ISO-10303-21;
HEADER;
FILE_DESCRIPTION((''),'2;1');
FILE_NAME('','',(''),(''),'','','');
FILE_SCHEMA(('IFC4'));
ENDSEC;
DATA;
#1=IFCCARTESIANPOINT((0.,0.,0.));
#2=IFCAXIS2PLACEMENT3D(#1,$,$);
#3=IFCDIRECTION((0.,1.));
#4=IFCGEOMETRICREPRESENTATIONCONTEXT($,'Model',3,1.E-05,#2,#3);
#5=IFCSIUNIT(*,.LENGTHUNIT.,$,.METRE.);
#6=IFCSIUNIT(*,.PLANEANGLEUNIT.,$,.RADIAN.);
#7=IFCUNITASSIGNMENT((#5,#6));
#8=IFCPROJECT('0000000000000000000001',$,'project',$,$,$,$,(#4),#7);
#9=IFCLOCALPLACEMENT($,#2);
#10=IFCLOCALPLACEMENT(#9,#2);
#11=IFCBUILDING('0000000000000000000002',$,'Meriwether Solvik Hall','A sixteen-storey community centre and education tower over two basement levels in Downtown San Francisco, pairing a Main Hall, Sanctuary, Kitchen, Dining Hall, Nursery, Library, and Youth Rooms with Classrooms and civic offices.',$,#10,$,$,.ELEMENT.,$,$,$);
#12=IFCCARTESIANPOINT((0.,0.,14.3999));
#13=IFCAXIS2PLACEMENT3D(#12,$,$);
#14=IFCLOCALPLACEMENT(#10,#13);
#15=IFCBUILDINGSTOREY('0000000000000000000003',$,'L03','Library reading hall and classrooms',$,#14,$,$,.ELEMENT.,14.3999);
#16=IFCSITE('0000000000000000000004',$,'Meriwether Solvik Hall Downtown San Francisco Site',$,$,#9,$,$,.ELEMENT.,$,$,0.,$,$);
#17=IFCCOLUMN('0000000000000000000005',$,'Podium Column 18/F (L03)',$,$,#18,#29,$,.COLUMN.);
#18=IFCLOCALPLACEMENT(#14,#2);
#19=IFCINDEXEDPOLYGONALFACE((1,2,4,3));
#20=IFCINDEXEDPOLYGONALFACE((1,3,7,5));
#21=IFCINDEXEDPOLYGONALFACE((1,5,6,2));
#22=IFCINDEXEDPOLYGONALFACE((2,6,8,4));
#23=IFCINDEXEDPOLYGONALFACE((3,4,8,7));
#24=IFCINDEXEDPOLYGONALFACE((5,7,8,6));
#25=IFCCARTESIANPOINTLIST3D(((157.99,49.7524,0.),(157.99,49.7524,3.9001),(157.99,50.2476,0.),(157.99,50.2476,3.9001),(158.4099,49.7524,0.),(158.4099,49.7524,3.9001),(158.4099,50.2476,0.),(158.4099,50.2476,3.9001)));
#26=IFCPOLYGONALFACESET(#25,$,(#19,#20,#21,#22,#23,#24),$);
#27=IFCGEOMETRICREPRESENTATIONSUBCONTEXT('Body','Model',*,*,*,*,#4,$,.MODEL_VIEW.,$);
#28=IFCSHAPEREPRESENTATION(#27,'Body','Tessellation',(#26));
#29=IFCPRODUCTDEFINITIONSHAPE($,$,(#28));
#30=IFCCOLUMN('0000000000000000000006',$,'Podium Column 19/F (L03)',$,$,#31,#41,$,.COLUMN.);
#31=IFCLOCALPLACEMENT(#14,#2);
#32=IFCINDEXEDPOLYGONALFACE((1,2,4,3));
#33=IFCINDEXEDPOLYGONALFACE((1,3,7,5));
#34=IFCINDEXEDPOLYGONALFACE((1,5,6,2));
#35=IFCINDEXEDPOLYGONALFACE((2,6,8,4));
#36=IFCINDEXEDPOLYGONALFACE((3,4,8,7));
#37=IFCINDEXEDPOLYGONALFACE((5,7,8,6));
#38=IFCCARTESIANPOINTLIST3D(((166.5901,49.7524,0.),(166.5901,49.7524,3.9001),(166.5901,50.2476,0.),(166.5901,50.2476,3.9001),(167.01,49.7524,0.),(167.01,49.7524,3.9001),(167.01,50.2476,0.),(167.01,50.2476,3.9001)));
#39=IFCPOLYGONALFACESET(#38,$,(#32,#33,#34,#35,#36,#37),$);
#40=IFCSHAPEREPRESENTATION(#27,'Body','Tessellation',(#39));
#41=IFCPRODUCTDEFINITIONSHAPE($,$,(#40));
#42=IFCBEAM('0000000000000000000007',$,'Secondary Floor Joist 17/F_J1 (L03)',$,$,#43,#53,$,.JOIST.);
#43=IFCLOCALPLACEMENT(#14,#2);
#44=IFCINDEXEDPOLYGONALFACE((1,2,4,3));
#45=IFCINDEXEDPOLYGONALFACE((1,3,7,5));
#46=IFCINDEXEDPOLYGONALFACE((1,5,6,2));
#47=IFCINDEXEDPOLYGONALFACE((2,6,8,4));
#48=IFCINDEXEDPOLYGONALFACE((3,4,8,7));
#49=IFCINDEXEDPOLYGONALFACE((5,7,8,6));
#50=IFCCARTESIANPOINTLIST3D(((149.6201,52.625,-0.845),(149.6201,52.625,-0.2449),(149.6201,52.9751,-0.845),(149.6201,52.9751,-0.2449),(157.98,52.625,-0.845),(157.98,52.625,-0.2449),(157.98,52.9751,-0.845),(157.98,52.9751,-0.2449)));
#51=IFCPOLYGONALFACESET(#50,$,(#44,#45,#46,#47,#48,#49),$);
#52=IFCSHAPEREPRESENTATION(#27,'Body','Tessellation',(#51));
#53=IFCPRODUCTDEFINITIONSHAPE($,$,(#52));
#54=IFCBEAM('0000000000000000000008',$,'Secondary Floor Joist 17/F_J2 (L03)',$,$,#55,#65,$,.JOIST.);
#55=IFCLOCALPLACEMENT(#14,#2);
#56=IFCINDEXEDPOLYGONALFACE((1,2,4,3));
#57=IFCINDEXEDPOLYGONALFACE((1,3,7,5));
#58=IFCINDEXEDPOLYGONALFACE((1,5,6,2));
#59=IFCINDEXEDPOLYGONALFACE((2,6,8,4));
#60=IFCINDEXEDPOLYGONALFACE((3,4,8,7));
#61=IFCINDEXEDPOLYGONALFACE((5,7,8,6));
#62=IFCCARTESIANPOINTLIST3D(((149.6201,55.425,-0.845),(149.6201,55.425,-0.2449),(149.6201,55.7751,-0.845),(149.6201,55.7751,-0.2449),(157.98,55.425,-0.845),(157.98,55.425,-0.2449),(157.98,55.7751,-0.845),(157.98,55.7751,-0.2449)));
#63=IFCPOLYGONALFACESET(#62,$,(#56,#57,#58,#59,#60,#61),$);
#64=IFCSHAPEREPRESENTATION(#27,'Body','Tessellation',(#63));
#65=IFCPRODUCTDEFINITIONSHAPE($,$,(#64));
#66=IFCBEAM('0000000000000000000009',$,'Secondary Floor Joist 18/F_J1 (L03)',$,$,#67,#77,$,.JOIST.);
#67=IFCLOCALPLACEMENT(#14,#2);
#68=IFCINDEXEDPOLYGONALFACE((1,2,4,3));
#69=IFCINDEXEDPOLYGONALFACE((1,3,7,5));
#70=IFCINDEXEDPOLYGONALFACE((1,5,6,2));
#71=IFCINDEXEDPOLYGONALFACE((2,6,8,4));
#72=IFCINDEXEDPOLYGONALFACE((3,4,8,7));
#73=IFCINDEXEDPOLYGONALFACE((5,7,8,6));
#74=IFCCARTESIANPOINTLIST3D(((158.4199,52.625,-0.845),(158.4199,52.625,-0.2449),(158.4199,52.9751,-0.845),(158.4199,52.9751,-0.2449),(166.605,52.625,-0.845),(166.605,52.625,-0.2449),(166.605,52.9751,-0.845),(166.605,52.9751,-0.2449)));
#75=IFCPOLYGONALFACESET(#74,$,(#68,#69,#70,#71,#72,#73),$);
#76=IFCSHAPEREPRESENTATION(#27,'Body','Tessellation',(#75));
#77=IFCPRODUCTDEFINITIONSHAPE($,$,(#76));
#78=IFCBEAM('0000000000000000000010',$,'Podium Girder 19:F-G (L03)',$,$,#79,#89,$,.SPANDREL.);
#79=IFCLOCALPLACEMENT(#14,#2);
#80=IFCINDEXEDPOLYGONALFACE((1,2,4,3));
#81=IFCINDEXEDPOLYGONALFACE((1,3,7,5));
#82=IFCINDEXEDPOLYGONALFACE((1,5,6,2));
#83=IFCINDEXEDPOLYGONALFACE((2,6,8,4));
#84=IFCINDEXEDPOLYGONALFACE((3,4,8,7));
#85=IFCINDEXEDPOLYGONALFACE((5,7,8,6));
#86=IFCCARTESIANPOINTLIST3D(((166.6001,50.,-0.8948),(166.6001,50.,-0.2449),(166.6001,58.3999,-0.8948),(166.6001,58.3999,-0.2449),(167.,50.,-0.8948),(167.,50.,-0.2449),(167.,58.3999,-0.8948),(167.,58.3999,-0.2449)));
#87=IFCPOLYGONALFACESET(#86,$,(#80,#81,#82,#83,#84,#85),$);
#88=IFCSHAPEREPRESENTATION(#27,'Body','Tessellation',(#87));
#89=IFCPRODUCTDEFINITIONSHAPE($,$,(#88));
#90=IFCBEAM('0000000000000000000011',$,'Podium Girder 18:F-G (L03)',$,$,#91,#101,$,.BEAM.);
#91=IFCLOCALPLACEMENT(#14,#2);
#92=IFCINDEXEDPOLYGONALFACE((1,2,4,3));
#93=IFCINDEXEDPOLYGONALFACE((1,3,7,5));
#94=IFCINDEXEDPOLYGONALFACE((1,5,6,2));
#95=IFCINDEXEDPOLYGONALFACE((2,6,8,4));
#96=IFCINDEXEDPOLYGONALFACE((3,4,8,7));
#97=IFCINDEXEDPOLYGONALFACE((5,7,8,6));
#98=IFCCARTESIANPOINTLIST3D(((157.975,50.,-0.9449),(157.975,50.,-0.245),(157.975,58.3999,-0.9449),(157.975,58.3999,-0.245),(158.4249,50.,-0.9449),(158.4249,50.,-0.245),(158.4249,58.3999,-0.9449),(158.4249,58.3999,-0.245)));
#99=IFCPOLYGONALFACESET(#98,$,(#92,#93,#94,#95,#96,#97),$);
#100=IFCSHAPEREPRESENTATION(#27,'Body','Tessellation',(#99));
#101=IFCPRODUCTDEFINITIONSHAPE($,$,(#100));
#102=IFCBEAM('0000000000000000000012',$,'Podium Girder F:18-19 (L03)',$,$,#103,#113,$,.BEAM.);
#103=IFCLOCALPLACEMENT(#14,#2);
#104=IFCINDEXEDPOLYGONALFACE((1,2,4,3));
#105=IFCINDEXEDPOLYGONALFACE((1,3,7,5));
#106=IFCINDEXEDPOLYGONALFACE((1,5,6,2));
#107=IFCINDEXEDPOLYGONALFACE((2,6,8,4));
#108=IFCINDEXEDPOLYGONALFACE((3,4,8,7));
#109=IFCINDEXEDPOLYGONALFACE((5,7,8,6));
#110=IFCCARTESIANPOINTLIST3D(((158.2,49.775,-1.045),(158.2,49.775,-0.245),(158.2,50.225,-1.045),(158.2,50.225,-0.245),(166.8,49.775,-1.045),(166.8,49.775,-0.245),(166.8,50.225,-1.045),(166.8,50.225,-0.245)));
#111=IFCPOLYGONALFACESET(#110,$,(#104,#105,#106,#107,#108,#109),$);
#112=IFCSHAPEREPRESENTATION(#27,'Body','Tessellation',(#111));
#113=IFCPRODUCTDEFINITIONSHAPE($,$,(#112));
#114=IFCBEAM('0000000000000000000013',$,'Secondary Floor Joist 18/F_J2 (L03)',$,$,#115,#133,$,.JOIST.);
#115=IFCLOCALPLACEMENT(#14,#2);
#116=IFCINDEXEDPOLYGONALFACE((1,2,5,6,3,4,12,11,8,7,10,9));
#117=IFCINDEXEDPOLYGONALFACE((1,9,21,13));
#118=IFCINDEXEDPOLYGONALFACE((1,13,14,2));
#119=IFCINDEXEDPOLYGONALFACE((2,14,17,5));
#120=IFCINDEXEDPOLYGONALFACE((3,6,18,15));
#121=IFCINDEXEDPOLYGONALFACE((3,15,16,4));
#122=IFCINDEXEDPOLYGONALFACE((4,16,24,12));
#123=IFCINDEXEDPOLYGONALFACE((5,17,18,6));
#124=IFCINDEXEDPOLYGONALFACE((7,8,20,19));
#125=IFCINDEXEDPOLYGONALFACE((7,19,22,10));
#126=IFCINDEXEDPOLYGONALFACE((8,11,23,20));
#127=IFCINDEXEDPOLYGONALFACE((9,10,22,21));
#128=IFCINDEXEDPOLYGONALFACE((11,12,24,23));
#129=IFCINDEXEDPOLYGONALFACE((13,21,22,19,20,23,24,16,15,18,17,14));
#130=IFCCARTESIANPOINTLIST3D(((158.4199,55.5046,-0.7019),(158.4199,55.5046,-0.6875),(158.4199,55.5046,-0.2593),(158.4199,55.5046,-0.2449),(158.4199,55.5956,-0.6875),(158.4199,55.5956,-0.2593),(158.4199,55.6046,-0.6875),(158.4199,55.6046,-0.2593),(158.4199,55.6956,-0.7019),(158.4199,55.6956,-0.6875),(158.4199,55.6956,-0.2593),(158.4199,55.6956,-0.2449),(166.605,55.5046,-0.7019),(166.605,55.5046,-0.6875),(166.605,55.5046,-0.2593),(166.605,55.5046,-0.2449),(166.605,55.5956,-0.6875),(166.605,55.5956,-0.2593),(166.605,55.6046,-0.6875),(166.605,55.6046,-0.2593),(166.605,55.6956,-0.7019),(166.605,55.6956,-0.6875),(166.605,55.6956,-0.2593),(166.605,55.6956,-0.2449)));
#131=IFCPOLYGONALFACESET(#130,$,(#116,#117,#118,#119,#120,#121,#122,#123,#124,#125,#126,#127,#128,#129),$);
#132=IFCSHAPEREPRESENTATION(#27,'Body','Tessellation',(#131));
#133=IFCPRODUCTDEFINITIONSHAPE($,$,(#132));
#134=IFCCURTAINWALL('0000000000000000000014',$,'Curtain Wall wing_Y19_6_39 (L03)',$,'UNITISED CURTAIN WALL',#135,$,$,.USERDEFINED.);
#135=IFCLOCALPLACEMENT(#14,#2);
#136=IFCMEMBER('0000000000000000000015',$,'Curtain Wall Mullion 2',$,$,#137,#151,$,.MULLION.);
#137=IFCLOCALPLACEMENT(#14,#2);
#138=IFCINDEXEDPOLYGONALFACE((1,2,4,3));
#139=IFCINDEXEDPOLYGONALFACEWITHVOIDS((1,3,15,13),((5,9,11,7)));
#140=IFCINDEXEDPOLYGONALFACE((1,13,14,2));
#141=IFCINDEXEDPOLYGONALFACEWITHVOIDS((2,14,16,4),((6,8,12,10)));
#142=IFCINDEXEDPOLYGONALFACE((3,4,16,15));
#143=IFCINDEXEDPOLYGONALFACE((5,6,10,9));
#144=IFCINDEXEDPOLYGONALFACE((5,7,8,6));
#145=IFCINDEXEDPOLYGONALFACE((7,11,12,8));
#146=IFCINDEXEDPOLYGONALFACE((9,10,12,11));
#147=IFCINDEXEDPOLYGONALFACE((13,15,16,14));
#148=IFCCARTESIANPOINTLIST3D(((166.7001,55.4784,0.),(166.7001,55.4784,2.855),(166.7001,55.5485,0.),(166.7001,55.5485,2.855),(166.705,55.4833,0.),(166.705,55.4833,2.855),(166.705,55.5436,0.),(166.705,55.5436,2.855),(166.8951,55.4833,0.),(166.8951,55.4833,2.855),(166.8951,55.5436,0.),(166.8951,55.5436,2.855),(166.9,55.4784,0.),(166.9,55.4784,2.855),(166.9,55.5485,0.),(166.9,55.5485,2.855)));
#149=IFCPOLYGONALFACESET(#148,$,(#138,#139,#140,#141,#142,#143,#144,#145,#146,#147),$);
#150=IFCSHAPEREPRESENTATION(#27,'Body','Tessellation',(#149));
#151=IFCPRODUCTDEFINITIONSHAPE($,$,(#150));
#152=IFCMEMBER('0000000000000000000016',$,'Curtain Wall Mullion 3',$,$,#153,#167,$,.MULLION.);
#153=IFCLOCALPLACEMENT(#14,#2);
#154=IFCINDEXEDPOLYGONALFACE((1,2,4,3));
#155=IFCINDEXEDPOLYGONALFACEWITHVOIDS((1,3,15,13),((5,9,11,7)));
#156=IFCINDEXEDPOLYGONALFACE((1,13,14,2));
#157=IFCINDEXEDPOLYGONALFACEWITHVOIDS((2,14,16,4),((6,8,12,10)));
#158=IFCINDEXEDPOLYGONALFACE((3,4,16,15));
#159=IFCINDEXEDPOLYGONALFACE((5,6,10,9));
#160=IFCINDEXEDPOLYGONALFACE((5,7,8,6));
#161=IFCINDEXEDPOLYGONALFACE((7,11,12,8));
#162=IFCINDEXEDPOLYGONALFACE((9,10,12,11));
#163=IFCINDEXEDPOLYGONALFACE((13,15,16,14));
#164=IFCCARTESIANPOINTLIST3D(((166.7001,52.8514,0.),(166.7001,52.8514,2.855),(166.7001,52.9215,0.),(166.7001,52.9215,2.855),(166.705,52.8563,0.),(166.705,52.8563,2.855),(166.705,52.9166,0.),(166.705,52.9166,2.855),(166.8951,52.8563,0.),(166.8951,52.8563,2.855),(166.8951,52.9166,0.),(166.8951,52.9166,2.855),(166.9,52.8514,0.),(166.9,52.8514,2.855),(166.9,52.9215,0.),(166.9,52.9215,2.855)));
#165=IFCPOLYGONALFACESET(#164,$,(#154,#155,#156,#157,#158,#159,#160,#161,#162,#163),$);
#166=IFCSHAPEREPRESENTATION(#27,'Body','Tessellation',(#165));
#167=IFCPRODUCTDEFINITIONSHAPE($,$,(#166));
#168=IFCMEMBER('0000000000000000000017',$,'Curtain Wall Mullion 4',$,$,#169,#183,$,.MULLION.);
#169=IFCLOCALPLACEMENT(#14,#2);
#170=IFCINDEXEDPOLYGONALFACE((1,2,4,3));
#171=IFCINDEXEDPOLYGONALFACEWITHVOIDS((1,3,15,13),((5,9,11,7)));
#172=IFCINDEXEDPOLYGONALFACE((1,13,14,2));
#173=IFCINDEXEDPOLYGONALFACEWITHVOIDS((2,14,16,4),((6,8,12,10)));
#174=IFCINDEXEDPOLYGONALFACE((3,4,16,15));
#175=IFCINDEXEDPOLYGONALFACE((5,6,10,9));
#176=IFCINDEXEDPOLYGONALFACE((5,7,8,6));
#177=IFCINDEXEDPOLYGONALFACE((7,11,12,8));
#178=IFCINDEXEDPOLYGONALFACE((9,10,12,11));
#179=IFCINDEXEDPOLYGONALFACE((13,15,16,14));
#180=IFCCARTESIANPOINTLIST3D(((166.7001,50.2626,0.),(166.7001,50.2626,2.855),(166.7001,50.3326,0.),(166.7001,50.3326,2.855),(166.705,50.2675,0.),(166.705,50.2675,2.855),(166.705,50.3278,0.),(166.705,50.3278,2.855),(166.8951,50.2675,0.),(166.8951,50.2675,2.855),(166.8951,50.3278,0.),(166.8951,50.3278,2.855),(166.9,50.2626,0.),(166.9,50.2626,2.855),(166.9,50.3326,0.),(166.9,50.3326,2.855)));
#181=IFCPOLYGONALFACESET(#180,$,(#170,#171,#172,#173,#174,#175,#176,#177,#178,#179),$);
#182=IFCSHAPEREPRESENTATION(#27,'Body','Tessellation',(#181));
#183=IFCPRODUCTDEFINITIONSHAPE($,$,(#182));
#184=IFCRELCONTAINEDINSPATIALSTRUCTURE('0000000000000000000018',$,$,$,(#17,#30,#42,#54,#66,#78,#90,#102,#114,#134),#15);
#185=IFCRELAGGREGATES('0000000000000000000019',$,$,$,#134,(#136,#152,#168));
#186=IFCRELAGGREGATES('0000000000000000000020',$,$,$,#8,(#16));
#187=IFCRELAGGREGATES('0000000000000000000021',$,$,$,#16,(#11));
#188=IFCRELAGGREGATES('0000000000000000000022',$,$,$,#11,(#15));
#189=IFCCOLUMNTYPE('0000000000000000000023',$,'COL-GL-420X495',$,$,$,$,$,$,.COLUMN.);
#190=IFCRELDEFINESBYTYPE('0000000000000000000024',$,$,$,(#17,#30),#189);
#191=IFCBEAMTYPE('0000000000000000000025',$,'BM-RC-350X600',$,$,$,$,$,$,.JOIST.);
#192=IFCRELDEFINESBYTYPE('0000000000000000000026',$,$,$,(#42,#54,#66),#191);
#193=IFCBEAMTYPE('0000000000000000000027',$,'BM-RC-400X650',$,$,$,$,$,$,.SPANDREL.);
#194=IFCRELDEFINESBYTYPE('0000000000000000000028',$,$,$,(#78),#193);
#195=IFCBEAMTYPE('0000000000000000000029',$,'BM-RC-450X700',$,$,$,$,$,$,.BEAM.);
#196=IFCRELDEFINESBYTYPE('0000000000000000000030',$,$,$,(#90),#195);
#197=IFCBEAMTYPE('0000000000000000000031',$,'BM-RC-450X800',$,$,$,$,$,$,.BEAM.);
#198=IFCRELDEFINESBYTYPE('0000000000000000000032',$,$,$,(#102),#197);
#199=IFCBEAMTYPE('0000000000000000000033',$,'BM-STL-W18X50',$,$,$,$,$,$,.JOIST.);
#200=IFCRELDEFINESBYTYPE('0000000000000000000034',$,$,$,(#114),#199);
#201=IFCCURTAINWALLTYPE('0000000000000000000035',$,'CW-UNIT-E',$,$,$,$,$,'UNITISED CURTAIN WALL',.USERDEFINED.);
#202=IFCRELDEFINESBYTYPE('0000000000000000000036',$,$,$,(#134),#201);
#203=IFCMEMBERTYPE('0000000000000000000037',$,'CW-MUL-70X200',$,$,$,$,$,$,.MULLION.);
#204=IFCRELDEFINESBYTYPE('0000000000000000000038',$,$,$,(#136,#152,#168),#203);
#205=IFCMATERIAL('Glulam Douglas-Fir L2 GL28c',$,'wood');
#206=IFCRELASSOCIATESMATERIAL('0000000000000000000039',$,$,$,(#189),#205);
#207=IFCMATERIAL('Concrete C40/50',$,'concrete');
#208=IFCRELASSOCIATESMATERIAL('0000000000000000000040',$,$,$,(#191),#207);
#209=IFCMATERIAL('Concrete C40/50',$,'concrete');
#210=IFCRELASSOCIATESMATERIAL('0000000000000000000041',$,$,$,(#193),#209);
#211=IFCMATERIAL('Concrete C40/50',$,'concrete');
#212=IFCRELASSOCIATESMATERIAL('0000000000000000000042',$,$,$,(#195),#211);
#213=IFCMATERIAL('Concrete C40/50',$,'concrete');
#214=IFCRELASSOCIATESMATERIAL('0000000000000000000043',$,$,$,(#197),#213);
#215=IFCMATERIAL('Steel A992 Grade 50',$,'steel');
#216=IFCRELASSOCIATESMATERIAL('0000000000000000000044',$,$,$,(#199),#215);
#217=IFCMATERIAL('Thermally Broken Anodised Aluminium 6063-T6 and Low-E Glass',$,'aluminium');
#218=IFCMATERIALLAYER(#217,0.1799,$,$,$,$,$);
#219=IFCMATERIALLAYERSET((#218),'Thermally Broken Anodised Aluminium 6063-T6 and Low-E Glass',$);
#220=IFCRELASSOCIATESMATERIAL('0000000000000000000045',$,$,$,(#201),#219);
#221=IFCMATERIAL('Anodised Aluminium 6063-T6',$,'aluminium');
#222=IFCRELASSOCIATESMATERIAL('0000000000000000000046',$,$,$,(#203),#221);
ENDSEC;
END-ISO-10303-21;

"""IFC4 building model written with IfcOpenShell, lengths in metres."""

from ifc_helpers import new_model, si_unit, direction, frame, origin, origin_2d, place, context, subcontext, project, spatial, rectangle, hollow_rectangle, i_section, extrude, material, layer, layer_set, material_profile, profile_set, type_object, element, aggregate, save


model = new_model("IFC4")

# Units and contexts
model_context = context("Model", 3, precision=1e-05, world=origin(), true_north=direction((0.0, 1.0)))
body_context = subcontext(model_context, "Body", "Model", "MODEL_VIEW")
ifc_project = project(units=[si_unit("LENGTHUNIT", "METRE"), si_unit("PLANEANGLEUNIT", "RADIAN")], contexts=[model_context])

# Site, building, storey
site_placement = place(None, origin())
site = spatial("IfcSite", under=ifc_project, at=site_placement, Name="Meriwether Solvik Hall Downtown San Francisco Site", CompositionType="ELEMENT", RefElevation=0.0)
building_placement = place(site_placement, origin())
building = spatial("IfcBuilding", under=site, at=building_placement, Name="Meriwether Solvik Hall", Description="A sixteen-storey community centre and education tower over two basement levels in Downtown San Francisco, pairing a Main Hall, Sanctuary, Kitchen, Dining Hall, Nursery, Library, and Youth Rooms with Classrooms and civic offices.", CompositionType="ELEMENT")
storey_placement = place(building_placement, frame((0.0, 0.0, 14.3999)))
storey = spatial("IfcBuildingStorey", under=building, at=storey_placement, Name="L03", Description="Library reading hall and classrooms", CompositionType="ELEMENT", Elevation=14.3999)

# Columns
ifc_material_1 = material(Name="Glulam Douglas-Fir L2 GL28c", Category="wood")
ifc_material_profile_1 = material_profile(ifc_material_1, rectangle(XDim=0.4199, YDim=0.4951, at=origin_2d()), Name="GLC-420X495")
ifc_profile_set_1 = profile_set([ifc_material_profile_1], Name="Glulam Douglas-Fir L2 GL28c")
column_type = type_object("IfcColumnType", Name="COL-GL-420X495", PredefinedType="COLUMN", material=ifc_profile_set_1)
for number, where, z_axis, x_axis, name in (
    (1, (158.2, 50.0, 0.0), (0.0, 0.0, 1.0), (1.0, 0.0, 0.0), "Podium Column 18/F (L03)"),
    (2, (166.8, 50.0, 0.0), (0.0, 0.0, 1.0), (1.0, 0.0, 0.0), "Podium Column 19/F (L03)"),
):
    element("IfcColumn", number, at=place(storey_placement, frame(where, z_axis=z_axis, x_axis=x_axis)), inside=storey, type_object=column_type, Name=name, PredefinedType="COLUMN", context=body_context, shape_type="SweptSolid", body=[
        extrude(rectangle(XDim=0.4199, YDim=0.4951, at=origin_2d()), origin(), (0.0, 0.0, 1.0), 3.9001),
    ])

# Beams
ifc_material_2 = material(Name="Concrete C40/50", Category="concrete")
ifc_material_profile_2 = material_profile(ifc_material_2, rectangle(XDim=0.3501, YDim=0.6001, at=origin_2d()), Name="RCB-350X600")
ifc_profile_set_2 = profile_set([ifc_material_profile_2], Name="Concrete C40/50")
beam_type_1 = type_object("IfcBeamType", Name="BM-RC-350X600", PredefinedType="JOIST", material=ifc_profile_set_2)
for number, where, z_axis, x_axis, name in (
    (3, (149.6201, 52.8, -0.5449), (1.0, 0.0, 0.0), (0.0, 1.0, 0.0), "Secondary Floor Joist 17/F_J1 (L03)"),
    (4, (149.6201, 55.6001, -0.5449), (1.0, 0.0, 0.0), (0.0, 1.0, 0.0), "Secondary Floor Joist 17/F_J2 (L03)"),
):
    element("IfcBeam", number, at=place(storey_placement, frame(where, z_axis=z_axis, x_axis=x_axis)), inside=storey, type_object=beam_type_1, Name=name, PredefinedType="JOIST", context=body_context, shape_type="SweptSolid", body=[
        extrude(rectangle(XDim=0.3501, YDim=0.6001, at=origin_2d()), origin(), (0.0, 0.0, 1.0), 8.3599),
    ])
beam_1_placement = place(storey_placement, frame((158.4199, 52.8, -0.5449), z_axis=(1.0, 0.0, 0.0), x_axis=(0.0, 1.0, 0.0)))
element("IfcBeam", 5, at=beam_1_placement, inside=storey, type_object=beam_type_1, Name="Secondary Floor Joist 18/F_J1 (L03)", PredefinedType="JOIST", context=body_context, shape_type="SweptSolid", body=[
    extrude(rectangle(XDim=0.3501, YDim=0.6001, at=origin_2d()), origin(), (0.0, 0.0, 1.0), 8.1851),
])
ifc_material_3 = material(Name="Concrete C40/50", Category="concrete")
ifc_material_profile_3 = material_profile(ifc_material_3, rectangle(XDim=0.3999, YDim=0.6499, at=origin_2d()), Name="RCB-400X650")
ifc_profile_set_3 = profile_set([ifc_material_profile_3], Name="Concrete C40/50")
beam_type_2 = type_object("IfcBeamType", Name="BM-RC-400X650", PredefinedType="SPANDREL", material=ifc_profile_set_3)
beam_2_placement = place(storey_placement, frame((166.8, 50.0, -0.5698), z_axis=(0.0, 1.0, 0.0), x_axis=(-1.0, 0.0, 0.0)))
element("IfcBeam", 6, at=beam_2_placement, inside=storey, type_object=beam_type_2, Name="Podium Girder 19:F-G (L03)", PredefinedType="SPANDREL", context=body_context, shape_type="SweptSolid", body=[
    extrude(rectangle(XDim=0.3999, YDim=0.6499, at=origin_2d()), origin(), (0.0, 0.0, 1.0), 8.3999),
])
ifc_material_4 = material(Name="Concrete C40/50", Category="concrete")
ifc_material_profile_4 = material_profile(ifc_material_4, rectangle(XDim=0.45, YDim=0.7, at=origin_2d()), Name="RCB-450X700")
ifc_profile_set_4 = profile_set([ifc_material_profile_4], Name="Concrete C40/50")
beam_type_3 = type_object("IfcBeamType", Name="BM-RC-450X700", PredefinedType="BEAM", material=ifc_profile_set_4)
beam_3_placement = place(storey_placement, frame((158.2, 50.0, -0.595), z_axis=(0.0, 1.0, 0.0), x_axis=(-1.0, 0.0, 0.0)))
element("IfcBeam", 7, at=beam_3_placement, inside=storey, type_object=beam_type_3, Name="Podium Girder 18:F-G (L03)", PredefinedType="BEAM", context=body_context, shape_type="SweptSolid", body=[
    extrude(rectangle(XDim=0.45, YDim=0.7, at=origin_2d()), origin(), (0.0, 0.0, 1.0), 8.3999),
])
ifc_material_5 = material(Name="Concrete C40/50", Category="concrete")
ifc_material_profile_5 = material_profile(ifc_material_5, rectangle(XDim=0.45, YDim=0.8, at=origin_2d()), Name="RCB-450X800")
ifc_profile_set_5 = profile_set([ifc_material_profile_5], Name="Concrete C40/50")
beam_type_4 = type_object("IfcBeamType", Name="BM-RC-450X800", PredefinedType="BEAM", material=ifc_profile_set_5)
beam_4_placement = place(storey_placement, frame((158.2, 50.0, -0.645), z_axis=(1.0, 0.0, 0.0), x_axis=(0.0, 1.0, 0.0)))
element("IfcBeam", 8, at=beam_4_placement, inside=storey, type_object=beam_type_4, Name="Podium Girder F:18-19 (L03)", PredefinedType="BEAM", context=body_context, shape_type="SweptSolid", body=[
    extrude(rectangle(XDim=0.45, YDim=0.8, at=origin_2d()), origin(), (0.0, 0.0, 1.0), 8.6001),
])
ifc_material_6 = material(Name="Steel A992 Grade 50", Category="steel")
ifc_material_profile_6 = material_profile(ifc_material_6, i_section(OverallWidth=0.1909, OverallDepth=0.457, WebThickness=0.009, FlangeThickness=0.0144, at=origin_2d()), Name="W18X50")
ifc_profile_set_6 = profile_set([ifc_material_profile_6], Name="Steel A992 Grade 50")
beam_type_5 = type_object("IfcBeamType", Name="BM-STL-W18X50", PredefinedType="JOIST", material=ifc_profile_set_6)
beam_5_placement = place(storey_placement, frame((158.4199, 55.6001, -0.4734), z_axis=(1.0, 0.0, 0.0), x_axis=(0.0, 1.0, 0.0)))
element("IfcBeam", 9, at=beam_5_placement, inside=storey, type_object=beam_type_5, Name="Secondary Floor Joist 18/F_J2 (L03)", PredefinedType="JOIST", context=body_context, shape_type="SweptSolid", body=[
    extrude(i_section(OverallWidth=0.1909, OverallDepth=0.457, WebThickness=0.009, FlangeThickness=0.0144, at=origin_2d()), origin(), (0.0, 0.0, 1.0), 8.1851),
])

# Curtain wall, members
ifc_material_7 = material(Name="Thermally Broken Anodised Aluminium 6063-T6 and Low-E Glass", Category="aluminium")
ifc_layer_1 = layer(ifc_material_7, 0.1799)
ifc_layer_set_1 = layer_set([ifc_layer_1], Name="Thermally Broken Anodised Aluminium 6063-T6 and Low-E Glass")
curtain_wall_type = type_object("IfcCurtainWallType", Name="CW-UNIT-E", ElementType="UNITISED CURTAIN WALL", PredefinedType="USERDEFINED", material=ifc_layer_set_1)
curtain_wall_1_placement = place(storey_placement, origin())
curtain_wall_1 = element("IfcCurtainWall", 10, at=curtain_wall_1_placement, inside=storey, type_object=curtain_wall_type, Name="Curtain Wall wing_Y19_6_39 (L03)", ObjectType="UNITISED CURTAIN WALL", PredefinedType="USERDEFINED")
ifc_material_8 = material(Name="Anodised Aluminium 6063-T6", Category="aluminium")
ifc_material_profile_7 = material_profile(ifc_material_8, hollow_rectangle(XDim=0.0701, YDim=0.2, WallThickness=0.0049, at=origin_2d()), Name="CWM-70X200")
ifc_profile_set_7 = profile_set([ifc_material_profile_7], Name="Anodised Aluminium 6063-T6")
member_type_1 = type_object("IfcMemberType", Name="CW-MUL-70X200", PredefinedType="MULLION", material=ifc_profile_set_7)
member_1_placement = place(storey_placement, frame((166.8, 55.5134, 0.0), z_axis=(0.0, 0.0, 1.0), x_axis=(0.0, -1.0, 0.0)))
member_1 = element("IfcMember", 11, at=member_1_placement, type_object=member_type_1, Name="Curtain Wall Mullion 2", PredefinedType="MULLION", context=body_context, shape_type="SweptSolid", body=[
    extrude(hollow_rectangle(XDim=0.0701, YDim=0.2, WallThickness=0.0049, at=origin_2d()), origin(), (0.0, 0.0, 1.0), 2.855),
])
member_2_placement = place(storey_placement, frame((166.8, 52.8865, 0.0), z_axis=(0.0, 0.0, 1.0), x_axis=(0.0, -1.0, 0.0)))
member_2 = element("IfcMember", 12, at=member_2_placement, type_object=member_type_1, Name="Curtain Wall Mullion 3", PredefinedType="MULLION", context=body_context, shape_type="SweptSolid", body=[
    extrude(hollow_rectangle(XDim=0.0701, YDim=0.2, WallThickness=0.0049, at=origin_2d()), origin(), (0.0, 0.0, 1.0), 2.855),
])
member_3_placement = place(storey_placement, frame((166.8, 50.2976, 0.0), z_axis=(0.0, 0.0, 1.0), x_axis=(0.0, -1.0, 0.0)))
member_3 = element("IfcMember", 13, at=member_3_placement, type_object=member_type_1, Name="Curtain Wall Mullion 4", PredefinedType="MULLION", context=body_context, shape_type="SweptSolid", body=[
    extrude(hollow_rectangle(XDim=0.0701, YDim=0.2, WallThickness=0.0049, at=origin_2d()), origin(), (0.0, 0.0, 1.0), 2.855),
])

aggregate(curtain_wall_1, [member_1, member_2, member_3])

save(model, "model.ifc")
